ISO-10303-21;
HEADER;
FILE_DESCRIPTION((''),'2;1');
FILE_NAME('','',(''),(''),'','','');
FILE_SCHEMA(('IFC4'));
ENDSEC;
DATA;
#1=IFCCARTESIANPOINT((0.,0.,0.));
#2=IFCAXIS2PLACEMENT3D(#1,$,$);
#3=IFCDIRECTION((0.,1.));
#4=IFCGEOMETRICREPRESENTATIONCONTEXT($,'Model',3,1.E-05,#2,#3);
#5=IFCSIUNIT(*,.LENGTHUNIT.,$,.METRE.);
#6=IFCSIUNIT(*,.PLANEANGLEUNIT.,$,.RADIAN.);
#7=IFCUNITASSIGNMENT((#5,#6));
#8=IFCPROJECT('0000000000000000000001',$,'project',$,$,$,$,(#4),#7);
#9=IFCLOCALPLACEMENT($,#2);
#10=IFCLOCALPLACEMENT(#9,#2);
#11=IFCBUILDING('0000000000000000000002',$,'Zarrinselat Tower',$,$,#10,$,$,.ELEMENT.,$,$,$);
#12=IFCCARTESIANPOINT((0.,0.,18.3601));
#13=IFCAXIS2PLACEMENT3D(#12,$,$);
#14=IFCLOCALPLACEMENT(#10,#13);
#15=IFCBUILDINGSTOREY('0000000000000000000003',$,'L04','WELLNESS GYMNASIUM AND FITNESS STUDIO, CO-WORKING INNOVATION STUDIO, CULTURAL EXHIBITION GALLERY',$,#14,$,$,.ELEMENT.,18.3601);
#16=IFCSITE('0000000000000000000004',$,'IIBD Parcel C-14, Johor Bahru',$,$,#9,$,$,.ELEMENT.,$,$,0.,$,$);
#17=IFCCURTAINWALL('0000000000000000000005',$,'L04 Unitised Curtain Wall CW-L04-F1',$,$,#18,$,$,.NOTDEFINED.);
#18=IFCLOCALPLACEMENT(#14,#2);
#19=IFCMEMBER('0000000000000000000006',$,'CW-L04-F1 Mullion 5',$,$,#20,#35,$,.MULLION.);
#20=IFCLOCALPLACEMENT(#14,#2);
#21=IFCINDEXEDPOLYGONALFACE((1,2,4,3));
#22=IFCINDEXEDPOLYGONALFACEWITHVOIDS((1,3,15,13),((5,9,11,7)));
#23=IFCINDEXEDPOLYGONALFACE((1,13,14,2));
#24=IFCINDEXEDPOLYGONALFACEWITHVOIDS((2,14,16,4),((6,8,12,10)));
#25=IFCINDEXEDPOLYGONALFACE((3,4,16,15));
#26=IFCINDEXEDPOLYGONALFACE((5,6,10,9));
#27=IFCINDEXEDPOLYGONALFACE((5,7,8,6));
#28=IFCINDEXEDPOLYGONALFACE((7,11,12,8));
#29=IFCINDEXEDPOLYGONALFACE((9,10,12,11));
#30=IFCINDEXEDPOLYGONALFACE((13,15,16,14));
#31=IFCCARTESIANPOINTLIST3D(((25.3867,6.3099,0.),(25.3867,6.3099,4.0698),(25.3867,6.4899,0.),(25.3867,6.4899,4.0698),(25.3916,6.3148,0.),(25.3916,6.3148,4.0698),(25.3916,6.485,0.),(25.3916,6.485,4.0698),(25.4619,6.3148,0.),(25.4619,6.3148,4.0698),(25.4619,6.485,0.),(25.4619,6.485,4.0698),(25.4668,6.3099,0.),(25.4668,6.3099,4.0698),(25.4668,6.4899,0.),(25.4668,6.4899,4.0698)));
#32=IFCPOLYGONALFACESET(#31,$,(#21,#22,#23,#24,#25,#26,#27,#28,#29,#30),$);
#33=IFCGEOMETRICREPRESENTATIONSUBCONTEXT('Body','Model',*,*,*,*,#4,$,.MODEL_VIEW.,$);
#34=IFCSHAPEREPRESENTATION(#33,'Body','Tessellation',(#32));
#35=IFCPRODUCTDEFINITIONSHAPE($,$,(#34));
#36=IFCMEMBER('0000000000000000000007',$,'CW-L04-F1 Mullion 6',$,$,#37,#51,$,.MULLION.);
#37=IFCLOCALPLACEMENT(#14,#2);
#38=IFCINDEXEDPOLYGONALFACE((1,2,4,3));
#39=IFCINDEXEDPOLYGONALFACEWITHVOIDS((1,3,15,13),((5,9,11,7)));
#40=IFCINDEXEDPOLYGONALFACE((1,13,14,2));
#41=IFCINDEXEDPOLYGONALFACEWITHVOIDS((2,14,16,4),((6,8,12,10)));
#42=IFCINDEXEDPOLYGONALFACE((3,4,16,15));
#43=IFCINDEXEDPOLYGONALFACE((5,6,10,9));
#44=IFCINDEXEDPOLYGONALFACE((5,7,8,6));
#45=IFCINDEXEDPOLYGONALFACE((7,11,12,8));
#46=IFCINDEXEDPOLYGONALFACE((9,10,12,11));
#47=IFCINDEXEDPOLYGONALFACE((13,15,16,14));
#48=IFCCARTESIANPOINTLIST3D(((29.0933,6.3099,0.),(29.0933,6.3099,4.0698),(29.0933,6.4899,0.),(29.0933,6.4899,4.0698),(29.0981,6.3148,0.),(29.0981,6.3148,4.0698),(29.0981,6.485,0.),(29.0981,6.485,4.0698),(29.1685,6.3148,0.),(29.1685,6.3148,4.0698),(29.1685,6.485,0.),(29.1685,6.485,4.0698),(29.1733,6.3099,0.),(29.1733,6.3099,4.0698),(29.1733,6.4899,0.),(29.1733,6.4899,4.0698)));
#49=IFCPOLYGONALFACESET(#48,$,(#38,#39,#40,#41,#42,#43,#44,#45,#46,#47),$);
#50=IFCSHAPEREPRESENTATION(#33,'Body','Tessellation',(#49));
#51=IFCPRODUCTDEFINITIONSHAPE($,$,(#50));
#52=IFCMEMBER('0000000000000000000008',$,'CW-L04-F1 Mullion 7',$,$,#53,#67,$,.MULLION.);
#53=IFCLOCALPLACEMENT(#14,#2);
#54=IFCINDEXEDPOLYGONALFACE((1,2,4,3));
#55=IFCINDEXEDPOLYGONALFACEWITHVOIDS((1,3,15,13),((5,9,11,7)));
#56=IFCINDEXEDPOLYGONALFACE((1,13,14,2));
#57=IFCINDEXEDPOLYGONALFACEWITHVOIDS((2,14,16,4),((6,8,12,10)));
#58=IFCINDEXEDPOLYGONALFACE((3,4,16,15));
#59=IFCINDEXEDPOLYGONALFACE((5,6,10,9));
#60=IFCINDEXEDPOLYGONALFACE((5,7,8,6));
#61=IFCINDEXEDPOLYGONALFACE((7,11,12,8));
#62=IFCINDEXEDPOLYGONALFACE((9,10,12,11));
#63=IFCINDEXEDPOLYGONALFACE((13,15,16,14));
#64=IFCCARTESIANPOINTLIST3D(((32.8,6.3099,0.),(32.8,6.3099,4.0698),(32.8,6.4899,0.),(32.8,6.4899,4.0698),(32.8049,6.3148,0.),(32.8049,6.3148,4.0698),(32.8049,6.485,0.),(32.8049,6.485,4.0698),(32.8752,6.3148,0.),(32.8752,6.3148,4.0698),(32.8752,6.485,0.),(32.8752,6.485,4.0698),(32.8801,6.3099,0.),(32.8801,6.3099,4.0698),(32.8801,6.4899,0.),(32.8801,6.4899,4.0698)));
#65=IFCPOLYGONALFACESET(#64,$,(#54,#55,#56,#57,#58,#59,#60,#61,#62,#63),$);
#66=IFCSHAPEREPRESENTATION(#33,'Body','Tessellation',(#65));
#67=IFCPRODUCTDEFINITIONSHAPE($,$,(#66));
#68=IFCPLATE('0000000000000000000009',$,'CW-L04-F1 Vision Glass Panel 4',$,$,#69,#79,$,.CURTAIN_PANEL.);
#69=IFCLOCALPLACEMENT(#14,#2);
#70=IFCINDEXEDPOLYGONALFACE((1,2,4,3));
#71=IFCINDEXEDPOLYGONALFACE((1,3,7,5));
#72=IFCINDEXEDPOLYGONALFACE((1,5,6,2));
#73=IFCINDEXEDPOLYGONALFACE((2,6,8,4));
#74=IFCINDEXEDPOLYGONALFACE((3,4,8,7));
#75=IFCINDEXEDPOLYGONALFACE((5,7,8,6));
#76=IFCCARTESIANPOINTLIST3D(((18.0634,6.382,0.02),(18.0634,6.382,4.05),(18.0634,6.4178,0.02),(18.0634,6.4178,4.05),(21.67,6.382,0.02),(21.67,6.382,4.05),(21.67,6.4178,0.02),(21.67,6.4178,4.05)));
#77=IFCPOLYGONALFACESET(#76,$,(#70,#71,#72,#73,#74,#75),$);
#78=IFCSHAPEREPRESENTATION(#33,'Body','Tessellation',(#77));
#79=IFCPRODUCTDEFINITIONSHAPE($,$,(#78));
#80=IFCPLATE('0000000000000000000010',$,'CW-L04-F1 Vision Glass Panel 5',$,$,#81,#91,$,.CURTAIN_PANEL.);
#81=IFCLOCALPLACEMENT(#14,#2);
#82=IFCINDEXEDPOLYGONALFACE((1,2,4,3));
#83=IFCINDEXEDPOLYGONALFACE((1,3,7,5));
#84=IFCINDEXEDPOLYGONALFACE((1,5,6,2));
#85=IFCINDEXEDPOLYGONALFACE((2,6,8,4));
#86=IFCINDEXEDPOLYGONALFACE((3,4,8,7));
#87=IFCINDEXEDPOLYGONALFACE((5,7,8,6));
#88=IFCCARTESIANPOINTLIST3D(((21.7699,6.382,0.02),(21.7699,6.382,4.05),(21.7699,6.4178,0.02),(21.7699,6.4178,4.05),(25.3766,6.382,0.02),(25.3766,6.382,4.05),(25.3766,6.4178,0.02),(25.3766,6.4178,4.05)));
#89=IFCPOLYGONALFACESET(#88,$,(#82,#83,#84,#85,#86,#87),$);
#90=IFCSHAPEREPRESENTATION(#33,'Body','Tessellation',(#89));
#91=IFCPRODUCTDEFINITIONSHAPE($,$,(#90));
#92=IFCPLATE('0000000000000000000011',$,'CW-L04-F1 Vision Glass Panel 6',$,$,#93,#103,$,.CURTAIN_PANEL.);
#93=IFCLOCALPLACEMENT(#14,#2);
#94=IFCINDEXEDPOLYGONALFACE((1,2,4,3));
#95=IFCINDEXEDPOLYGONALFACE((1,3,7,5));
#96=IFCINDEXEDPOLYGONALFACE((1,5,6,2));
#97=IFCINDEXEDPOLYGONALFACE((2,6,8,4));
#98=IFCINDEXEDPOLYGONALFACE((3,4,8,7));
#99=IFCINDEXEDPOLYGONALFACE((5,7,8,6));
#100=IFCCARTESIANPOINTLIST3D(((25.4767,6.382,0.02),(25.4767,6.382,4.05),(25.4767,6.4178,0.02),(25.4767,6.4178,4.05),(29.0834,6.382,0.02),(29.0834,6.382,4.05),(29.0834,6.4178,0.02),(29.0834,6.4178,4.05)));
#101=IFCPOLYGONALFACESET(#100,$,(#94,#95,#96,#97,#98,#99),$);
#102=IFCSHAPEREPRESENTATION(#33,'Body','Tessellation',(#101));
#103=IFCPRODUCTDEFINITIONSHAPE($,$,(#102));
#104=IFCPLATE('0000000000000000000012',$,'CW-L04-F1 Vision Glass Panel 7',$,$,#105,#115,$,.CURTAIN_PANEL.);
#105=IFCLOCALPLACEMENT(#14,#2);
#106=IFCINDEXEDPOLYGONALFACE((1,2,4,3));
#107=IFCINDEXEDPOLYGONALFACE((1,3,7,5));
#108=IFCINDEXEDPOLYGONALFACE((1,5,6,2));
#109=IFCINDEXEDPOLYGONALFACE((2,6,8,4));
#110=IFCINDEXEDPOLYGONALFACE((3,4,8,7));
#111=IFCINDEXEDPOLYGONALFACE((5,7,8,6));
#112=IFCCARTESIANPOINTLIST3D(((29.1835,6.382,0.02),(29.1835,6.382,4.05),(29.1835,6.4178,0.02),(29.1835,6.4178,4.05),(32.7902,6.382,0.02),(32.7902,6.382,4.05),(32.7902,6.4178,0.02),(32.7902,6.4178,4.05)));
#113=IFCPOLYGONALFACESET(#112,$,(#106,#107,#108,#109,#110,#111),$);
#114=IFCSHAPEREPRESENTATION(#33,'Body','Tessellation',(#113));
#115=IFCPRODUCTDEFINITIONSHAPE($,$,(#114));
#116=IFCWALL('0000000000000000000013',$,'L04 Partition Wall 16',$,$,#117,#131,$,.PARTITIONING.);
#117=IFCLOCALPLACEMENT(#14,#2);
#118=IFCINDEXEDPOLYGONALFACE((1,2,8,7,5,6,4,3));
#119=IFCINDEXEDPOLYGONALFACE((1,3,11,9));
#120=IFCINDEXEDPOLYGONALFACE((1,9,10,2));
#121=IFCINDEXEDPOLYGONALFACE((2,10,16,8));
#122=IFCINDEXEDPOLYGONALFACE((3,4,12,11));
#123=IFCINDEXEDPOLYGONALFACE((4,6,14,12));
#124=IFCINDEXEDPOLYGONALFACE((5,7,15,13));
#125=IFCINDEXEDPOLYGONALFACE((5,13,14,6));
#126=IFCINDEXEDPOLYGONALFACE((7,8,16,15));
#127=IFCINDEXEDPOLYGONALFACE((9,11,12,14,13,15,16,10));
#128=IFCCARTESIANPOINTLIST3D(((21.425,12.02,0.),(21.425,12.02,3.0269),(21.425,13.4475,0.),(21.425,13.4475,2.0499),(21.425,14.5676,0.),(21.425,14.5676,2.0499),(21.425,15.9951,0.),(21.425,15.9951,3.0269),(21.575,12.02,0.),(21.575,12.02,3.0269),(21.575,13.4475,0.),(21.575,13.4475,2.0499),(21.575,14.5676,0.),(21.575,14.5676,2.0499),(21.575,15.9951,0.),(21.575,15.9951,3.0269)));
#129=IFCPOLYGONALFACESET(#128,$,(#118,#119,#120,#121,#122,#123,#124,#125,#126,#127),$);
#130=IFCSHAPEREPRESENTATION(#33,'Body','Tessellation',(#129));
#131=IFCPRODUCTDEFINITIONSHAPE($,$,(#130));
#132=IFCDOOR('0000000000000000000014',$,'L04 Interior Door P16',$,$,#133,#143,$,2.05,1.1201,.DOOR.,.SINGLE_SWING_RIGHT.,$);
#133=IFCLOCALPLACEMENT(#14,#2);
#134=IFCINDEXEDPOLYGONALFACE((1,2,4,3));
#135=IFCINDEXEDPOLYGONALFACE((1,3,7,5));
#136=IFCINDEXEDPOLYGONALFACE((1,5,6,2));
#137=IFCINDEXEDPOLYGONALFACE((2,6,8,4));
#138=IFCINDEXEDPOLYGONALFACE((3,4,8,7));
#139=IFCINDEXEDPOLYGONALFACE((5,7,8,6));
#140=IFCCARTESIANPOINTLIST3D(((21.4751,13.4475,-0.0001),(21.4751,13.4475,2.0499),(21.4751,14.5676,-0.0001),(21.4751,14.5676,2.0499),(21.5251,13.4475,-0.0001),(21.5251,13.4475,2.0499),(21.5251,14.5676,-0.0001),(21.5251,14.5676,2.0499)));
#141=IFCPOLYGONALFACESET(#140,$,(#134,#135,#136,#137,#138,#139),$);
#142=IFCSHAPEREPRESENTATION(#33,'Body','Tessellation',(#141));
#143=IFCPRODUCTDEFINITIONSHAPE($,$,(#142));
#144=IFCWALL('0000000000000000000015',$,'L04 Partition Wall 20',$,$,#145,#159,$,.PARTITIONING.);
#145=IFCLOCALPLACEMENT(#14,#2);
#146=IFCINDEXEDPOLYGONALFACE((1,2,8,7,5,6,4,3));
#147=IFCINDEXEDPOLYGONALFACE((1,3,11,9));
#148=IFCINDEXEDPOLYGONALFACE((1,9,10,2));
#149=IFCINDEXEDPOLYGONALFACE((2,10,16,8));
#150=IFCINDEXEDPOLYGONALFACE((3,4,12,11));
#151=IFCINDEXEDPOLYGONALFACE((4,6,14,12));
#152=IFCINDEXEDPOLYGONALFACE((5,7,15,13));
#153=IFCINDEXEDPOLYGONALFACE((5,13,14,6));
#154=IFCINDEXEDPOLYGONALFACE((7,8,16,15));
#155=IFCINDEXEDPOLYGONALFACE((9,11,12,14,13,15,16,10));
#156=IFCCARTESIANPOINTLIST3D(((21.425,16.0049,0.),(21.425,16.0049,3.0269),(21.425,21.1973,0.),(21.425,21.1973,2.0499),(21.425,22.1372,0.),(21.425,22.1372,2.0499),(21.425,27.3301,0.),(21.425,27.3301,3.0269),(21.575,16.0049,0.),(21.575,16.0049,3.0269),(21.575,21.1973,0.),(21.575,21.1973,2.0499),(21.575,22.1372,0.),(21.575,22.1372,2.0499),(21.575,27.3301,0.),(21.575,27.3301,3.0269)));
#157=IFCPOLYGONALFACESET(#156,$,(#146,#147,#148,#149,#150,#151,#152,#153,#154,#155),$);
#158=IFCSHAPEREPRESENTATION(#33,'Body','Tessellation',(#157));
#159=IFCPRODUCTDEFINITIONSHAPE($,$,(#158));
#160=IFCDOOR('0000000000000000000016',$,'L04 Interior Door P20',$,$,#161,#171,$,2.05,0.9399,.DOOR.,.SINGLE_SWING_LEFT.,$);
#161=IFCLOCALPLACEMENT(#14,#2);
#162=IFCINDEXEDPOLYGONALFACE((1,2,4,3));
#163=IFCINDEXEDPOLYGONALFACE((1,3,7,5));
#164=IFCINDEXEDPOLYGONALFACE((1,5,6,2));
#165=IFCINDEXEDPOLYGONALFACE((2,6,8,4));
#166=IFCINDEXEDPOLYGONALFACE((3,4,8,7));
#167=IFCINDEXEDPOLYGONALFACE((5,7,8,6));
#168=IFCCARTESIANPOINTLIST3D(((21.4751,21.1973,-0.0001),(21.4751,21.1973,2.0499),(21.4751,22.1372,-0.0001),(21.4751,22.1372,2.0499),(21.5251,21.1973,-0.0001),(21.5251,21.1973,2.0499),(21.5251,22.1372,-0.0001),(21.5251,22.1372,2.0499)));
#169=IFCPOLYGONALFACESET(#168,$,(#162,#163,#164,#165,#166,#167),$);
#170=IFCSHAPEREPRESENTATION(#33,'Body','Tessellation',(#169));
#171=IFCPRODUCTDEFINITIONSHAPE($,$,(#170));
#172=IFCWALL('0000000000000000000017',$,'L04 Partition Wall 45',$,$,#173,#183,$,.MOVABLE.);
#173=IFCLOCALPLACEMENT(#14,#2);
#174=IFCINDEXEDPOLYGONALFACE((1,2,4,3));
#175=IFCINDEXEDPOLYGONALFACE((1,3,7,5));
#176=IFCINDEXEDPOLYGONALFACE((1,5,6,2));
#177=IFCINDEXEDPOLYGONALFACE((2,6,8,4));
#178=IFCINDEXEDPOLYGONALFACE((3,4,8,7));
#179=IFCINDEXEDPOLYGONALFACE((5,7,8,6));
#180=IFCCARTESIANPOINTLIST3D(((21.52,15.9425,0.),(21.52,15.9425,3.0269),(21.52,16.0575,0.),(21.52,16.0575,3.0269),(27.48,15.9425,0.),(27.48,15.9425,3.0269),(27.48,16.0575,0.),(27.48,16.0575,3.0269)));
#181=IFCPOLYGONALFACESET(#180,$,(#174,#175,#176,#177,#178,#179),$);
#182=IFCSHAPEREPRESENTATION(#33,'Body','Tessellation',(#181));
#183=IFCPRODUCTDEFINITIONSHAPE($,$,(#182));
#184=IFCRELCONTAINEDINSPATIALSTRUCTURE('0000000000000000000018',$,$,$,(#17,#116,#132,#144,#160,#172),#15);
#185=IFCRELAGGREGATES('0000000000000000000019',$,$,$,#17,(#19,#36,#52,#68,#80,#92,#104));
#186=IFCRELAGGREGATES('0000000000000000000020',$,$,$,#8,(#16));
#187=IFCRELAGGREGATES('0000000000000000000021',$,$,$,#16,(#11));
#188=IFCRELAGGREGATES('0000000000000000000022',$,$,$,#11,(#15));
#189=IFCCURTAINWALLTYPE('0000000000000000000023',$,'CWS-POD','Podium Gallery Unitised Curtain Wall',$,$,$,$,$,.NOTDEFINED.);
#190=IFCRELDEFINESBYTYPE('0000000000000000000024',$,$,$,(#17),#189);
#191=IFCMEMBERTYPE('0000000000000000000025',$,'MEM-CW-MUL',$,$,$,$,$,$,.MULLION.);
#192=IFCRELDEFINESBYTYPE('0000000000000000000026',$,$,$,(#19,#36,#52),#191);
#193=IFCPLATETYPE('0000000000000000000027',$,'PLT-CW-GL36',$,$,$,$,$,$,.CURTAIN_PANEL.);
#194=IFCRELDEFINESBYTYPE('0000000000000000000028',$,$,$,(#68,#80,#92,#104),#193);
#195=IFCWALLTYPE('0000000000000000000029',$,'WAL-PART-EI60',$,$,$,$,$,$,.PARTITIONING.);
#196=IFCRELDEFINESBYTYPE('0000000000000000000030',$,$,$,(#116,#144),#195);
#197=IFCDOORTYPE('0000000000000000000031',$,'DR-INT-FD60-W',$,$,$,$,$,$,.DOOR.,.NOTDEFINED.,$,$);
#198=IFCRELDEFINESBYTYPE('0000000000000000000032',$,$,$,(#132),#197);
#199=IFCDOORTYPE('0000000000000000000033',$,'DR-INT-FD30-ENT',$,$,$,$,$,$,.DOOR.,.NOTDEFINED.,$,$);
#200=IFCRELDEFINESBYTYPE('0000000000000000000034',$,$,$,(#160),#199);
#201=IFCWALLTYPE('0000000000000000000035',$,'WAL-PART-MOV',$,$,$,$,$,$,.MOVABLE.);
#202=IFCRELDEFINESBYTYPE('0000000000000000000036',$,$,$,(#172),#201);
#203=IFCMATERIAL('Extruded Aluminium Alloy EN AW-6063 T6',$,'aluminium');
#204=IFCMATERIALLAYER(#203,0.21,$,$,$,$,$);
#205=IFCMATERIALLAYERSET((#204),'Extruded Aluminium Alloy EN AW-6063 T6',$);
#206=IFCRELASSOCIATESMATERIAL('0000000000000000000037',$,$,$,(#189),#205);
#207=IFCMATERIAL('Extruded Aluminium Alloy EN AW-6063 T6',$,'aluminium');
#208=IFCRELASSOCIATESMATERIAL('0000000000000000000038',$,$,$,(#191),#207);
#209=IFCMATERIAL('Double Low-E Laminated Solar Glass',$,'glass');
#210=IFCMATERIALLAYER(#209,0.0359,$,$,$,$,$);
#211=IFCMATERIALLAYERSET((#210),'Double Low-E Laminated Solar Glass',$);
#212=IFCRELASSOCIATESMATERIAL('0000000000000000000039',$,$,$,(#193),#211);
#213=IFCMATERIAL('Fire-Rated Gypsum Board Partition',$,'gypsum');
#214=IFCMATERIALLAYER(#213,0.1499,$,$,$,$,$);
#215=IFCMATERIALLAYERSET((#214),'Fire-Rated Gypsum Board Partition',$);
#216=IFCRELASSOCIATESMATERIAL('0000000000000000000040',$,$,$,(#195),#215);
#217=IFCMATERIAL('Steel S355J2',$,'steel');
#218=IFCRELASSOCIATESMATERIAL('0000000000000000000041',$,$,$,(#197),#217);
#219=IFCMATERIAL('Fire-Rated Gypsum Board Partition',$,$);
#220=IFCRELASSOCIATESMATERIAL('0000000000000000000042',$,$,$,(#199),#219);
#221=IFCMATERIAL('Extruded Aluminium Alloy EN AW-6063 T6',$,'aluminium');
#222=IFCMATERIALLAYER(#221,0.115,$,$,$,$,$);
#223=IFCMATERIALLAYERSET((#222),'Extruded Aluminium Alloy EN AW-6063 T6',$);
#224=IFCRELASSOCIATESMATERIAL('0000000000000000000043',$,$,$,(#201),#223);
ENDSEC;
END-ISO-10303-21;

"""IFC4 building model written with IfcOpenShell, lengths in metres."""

from ifc_helpers import new_model, si_unit, direction, frame, frame_2d, origin, origin_2d, place, context, subcontext, project, spatial, rectangle, hollow_rectangle, extrude, material, layer, layer_set, material_profile, profile_set, type_object, element, fill, aggregate, save


model = new_model("IFC4")

# Units and contexts
model_context = context("Model", 3, precision=1e-05, world=origin(), true_north=direction((0.0, 1.0)))
body_context = subcontext(model_context, "Body", "Model", "MODEL_VIEW")
ifc_project = project(units=[si_unit("LENGTHUNIT", "METRE"), si_unit("PLANEANGLEUNIT", "RADIAN")], contexts=[model_context])

# Site, building, storey
site_placement = place(None, origin())
site = spatial("IfcSite", under=ifc_project, at=site_placement, Name="IIBD Parcel C-14, Johor Bahru", CompositionType="ELEMENT", RefElevation=0.0)
building_placement = place(site_placement, origin())
building = spatial("IfcBuilding", under=site, at=building_placement, Name="Zarrinselat Tower", CompositionType="ELEMENT")
storey_placement = place(building_placement, frame((0.0, 0.0, 18.3601)))
storey = spatial("IfcBuildingStorey", under=building, at=storey_placement, Name="L04", Description="WELLNESS GYMNASIUM AND FITNESS STUDIO, CO-WORKING INNOVATION STUDIO, CULTURAL EXHIBITION GALLERY", CompositionType="ELEMENT", Elevation=18.3601)

# Curtain wall, members, plates
ifc_material_1 = material(Name="Extruded Aluminium Alloy EN AW-6063 T6", Category="aluminium")
ifc_layer_1 = layer(ifc_material_1, 0.21)
ifc_layer_set_1 = layer_set([ifc_layer_1], Name="Extruded Aluminium Alloy EN AW-6063 T6")
curtain_wall_type = type_object("IfcCurtainWallType", Name="CWS-POD", Description="Podium Gallery Unitised Curtain Wall", PredefinedType="NOTDEFINED", material=ifc_layer_set_1)
curtain_wall_placement = place(storey_placement, origin())
curtain_wall = element("IfcCurtainWall", 1, at=curtain_wall_placement, inside=storey, type_object=curtain_wall_type, Name="L04 Unitised Curtain Wall CW-L04-F1", PredefinedType="NOTDEFINED")
ifc_material_2 = material(Name="Extruded Aluminium Alloy EN AW-6063 T6", Category="aluminium")
ifc_material_profile_1 = material_profile(ifc_material_2, hollow_rectangle(XDim=0.0801, YDim=0.1799, WallThickness=0.0049, at=origin_2d()), Name="RHS 180x80x5")
ifc_profile_set_1 = profile_set([ifc_material_profile_1], Name="Extruded Aluminium Alloy EN AW-6063 T6")
member_type = type_object("IfcMemberType", Name="MEM-CW-MUL", PredefinedType="MULLION", material=ifc_profile_set_1)
member_1_placement = place(storey_placement, frame((25.4268, 6.3999, 0.0), z_axis=(0.0, 0.0, 1.0), x_axis=(1.0, 0.0, 0.0)))
member_1 = element("IfcMember", 2, at=member_1_placement, type_object=member_type, Name="CW-L04-F1 Mullion 5", PredefinedType="MULLION", context=body_context, shape_type="SweptSolid", body=[
    extrude(hollow_rectangle(XDim=0.0801, YDim=0.1799, WallThickness=0.0049, at=origin_2d()), origin(), (0.0, 0.0, 1.0), 4.0698),
])
member_2_placement = place(storey_placement, frame((29.1333, 6.3999, 0.0), z_axis=(0.0, 0.0, 1.0), x_axis=(1.0, 0.0, 0.0)))
member_2 = element("IfcMember", 3, at=member_2_placement, type_object=member_type, Name="CW-L04-F1 Mullion 6", PredefinedType="MULLION", context=body_context, shape_type="SweptSolid", body=[
    extrude(hollow_rectangle(XDim=0.0801, YDim=0.1799, WallThickness=0.0049, at=origin_2d()), origin(), (0.0, 0.0, 1.0), 4.0698),
])
member_3_placement = place(storey_placement, frame((32.8401, 6.3999, 0.0), z_axis=(0.0, 0.0, 1.0), x_axis=(1.0, 0.0, 0.0)))
member_3 = element("IfcMember", 4, at=member_3_placement, type_object=member_type, Name="CW-L04-F1 Mullion 7", PredefinedType="MULLION", context=body_context, shape_type="SweptSolid", body=[
    extrude(hollow_rectangle(XDim=0.0801, YDim=0.1799, WallThickness=0.0049, at=origin_2d()), origin(), (0.0, 0.0, 1.0), 4.0698),
])
ifc_material_3 = material(Name="Double Low-E Laminated Solar Glass", Category="glass")
ifc_layer_2 = layer(ifc_material_3, 0.0359)
ifc_layer_set_2 = layer_set([ifc_layer_2], Name="Double Low-E Laminated Solar Glass")
plate_type = type_object("IfcPlateType", Name="PLT-CW-GL36", PredefinedType="CURTAIN_PANEL", material=ifc_layer_set_2)
plate_1_placement = place(storey_placement, frame((19.8667, 6.3999, 0.02), z_axis=(0.0, 0.0, 1.0), x_axis=(1.0, 0.0, 0.0)))
plate_1 = element("IfcPlate", 5, at=plate_1_placement, type_object=plate_type, Name="CW-L04-F1 Vision Glass Panel 4", PredefinedType="CURTAIN_PANEL", context=body_context, shape_type="SweptSolid", body=[
    extrude(rectangle(XDim=3.6067, YDim=0.0359, at=origin_2d()), origin(), (0.0, 0.0, 1.0), 4.03),
])
plate_2_placement = place(storey_placement, frame((23.5732, 6.3999, 0.02), z_axis=(0.0, 0.0, 1.0), x_axis=(1.0, 0.0, 0.0)))
plate_2 = element("IfcPlate", 6, at=plate_2_placement, type_object=plate_type, Name="CW-L04-F1 Vision Glass Panel 5", PredefinedType="CURTAIN_PANEL", context=body_context, shape_type="SweptSolid", body=[
    extrude(rectangle(XDim=3.6067, YDim=0.0359, at=origin_2d()), origin(), (0.0, 0.0, 1.0), 4.03),
])
plate_3_placement = place(storey_placement, frame((27.28, 6.3999, 0.02), z_axis=(0.0, 0.0, 1.0), x_axis=(1.0, 0.0, 0.0)))
plate_3 = element("IfcPlate", 7, at=plate_3_placement, type_object=plate_type, Name="CW-L04-F1 Vision Glass Panel 6", PredefinedType="CURTAIN_PANEL", context=body_context, shape_type="SweptSolid", body=[
    extrude(rectangle(XDim=3.6067, YDim=0.0359, at=origin_2d()), origin(), (0.0, 0.0, 1.0), 4.03),
])
plate_4_placement = place(storey_placement, frame((30.9868, 6.3999, 0.02), z_axis=(0.0, 0.0, 1.0), x_axis=(1.0, 0.0, 0.0)))
plate_4 = element("IfcPlate", 8, at=plate_4_placement, type_object=plate_type, Name="CW-L04-F1 Vision Glass Panel 7", PredefinedType="CURTAIN_PANEL", context=body_context, shape_type="SweptSolid", body=[
    extrude(rectangle(XDim=3.6067, YDim=0.0359, at=origin_2d()), origin(), (0.0, 0.0, 1.0), 4.03),
])
aggregate(curtain_wall, [member_1, member_2, member_3, plate_1, plate_2, plate_3, plate_4])

# Walls, openings, doors
ifc_material_4 = material(Name="Fire-Rated Gypsum Board Partition", Category="gypsum")
ifc_layer_3 = layer(ifc_material_4, 0.1499)
ifc_layer_set_3 = layer_set([ifc_layer_3], Name="Fire-Rated Gypsum Board Partition")
wall_type_1 = type_object("IfcWallType", Name="WAL-PART-EI60", PredefinedType="PARTITIONING", material=ifc_layer_set_3)
wall_1_placement = place(storey_placement, frame((21.5, 12.02, 0.0), z_axis=(0.0, 0.0, 1.0), x_axis=(0.0, 1.0, 0.0)))
wall_1 = element("IfcWall", 9, at=wall_1_placement, inside=storey, type_object=wall_type_1, Name="L04 Partition Wall 16", PredefinedType="PARTITIONING", context=body_context, shape_type="SweptSolid", body=[
    extrude(rectangle(XDim=3.9751, YDim=0.1499, at=frame_2d((1.9875, 0.0))), origin(), (0.0, 0.0, 1.0), 3.0269),
])
opening_1_placement = place(wall_1_placement, frame((1.4275, 0.0, 0.0)))
opening_1 = element("IfcOpeningElement", 10, at=opening_1_placement, cuts=wall_1, PredefinedType="OPENING", context=body_context, shape_type="SweptSolid", body=[
    extrude(rectangle(XDim=1.1201, YDim=2.05, at=frame_2d((0.5601, 1.0249))), frame((0.0, 0.085, 0.0), z_axis=(0.0, -1.0, 0.0), x_axis=(1.0, 0.0, 0.0)), (0.0, 0.0, 1.0), 0.1699),
])
ifc_material_5 = material(Name="Steel S355J2", Category="steel")
door_type_1 = type_object("IfcDoorType", Name="DR-INT-FD60-W", OperationType="NOTDEFINED", PredefinedType="DOOR", material=ifc_material_5)
door_1_placement = place(opening_1_placement, origin())
door_1 = element("IfcDoor", 11, at=door_1_placement, inside=storey, type_object=door_type_1, Name="L04 Interior Door P16", OperationType="SINGLE_SWING_RIGHT", OverallHeight=2.05, OverallWidth=1.1201, PredefinedType="DOOR", context=body_context, shape_type="SweptSolid", body=[
    extrude(rectangle(XDim=1.1201, YDim=2.05, at=frame_2d((0.5601, 1.0249))), frame((0.0, 0.0249, 0.0), z_axis=(0.0, -1.0, 0.0), x_axis=(1.0, 0.0, 0.0)), (0.0, 0.0, 1.0), 0.05),
])
fill(opening_1, door_1)
wall_2_placement = place(storey_placement, frame((21.5, 16.0049, 0.0), z_axis=(0.0, 0.0, 1.0), x_axis=(0.0, 1.0, 0.0)))
wall_2 = element("IfcWall", 12, at=wall_2_placement, inside=storey, type_object=wall_type_1, Name="L04 Partition Wall 20", PredefinedType="PARTITIONING", context=body_context, shape_type="SweptSolid", body=[
    extrude(rectangle(XDim=11.3252, YDim=0.1499, at=frame_2d((5.6626, 0.0))), origin(), (0.0, 0.0, 1.0), 3.0269),
])
opening_2_placement = place(wall_2_placement, frame((5.1924, 0.0, 0.0)))
opening_2 = element("IfcOpeningElement", 13, at=opening_2_placement, cuts=wall_2, PredefinedType="OPENING", context=body_context, shape_type="SweptSolid", body=[
    extrude(rectangle(XDim=0.9399, YDim=2.05, at=frame_2d((0.47, 1.0249))), frame((0.0, 0.085, 0.0), z_axis=(0.0, -1.0, 0.0), x_axis=(1.0, 0.0, 0.0)), (0.0, 0.0, 1.0), 0.1699),
])
ifc_material_6 = material(Name="Fire-Rated Gypsum Board Partition")
door_type_2 = type_object("IfcDoorType", Name="DR-INT-FD30-ENT", OperationType="NOTDEFINED", PredefinedType="DOOR", material=ifc_material_6)
door_2_placement = place(opening_2_placement, origin())
door_2 = element("IfcDoor", 14, at=door_2_placement, inside=storey, type_object=door_type_2, Name="L04 Interior Door P20", OperationType="SINGLE_SWING_LEFT", OverallHeight=2.05, OverallWidth=0.9399, PredefinedType="DOOR", context=body_context, shape_type="SweptSolid", body=[
    extrude(rectangle(XDim=0.9399, YDim=2.05, at=frame_2d((0.47, 1.0249))), frame((0.0, 0.0249, 0.0), z_axis=(0.0, -1.0, 0.0), x_axis=(1.0, 0.0, 0.0)), (0.0, 0.0, 1.0), 0.05),
])
fill(opening_2, door_2)

# Wall
ifc_material_7 = material(Name="Extruded Aluminium Alloy EN AW-6063 T6", Category="aluminium")
ifc_layer_4 = layer(ifc_material_7, 0.115)
ifc_layer_set_4 = layer_set([ifc_layer_4], Name="Extruded Aluminium Alloy EN AW-6063 T6")
wall_type_2 = type_object("IfcWallType", Name="WAL-PART-MOV", PredefinedType="MOVABLE", material=ifc_layer_set_4)
wall_3_placement = place(storey_placement, frame((21.52, 16.0, 0.0), z_axis=(0.0, 0.0, 1.0), x_axis=(1.0, 0.0, 0.0)))
element("IfcWall", 15, at=wall_3_placement, inside=storey, type_object=wall_type_2, Name="L04 Partition Wall 45", PredefinedType="MOVABLE", context=body_context, shape_type="SweptSolid", body=[
    extrude(rectangle(XDim=5.96, YDim=0.115, at=frame_2d((2.98, 0.0))), origin(), (0.0, 0.0, 1.0), 3.0269),
])

save(model, "model.ifc")
